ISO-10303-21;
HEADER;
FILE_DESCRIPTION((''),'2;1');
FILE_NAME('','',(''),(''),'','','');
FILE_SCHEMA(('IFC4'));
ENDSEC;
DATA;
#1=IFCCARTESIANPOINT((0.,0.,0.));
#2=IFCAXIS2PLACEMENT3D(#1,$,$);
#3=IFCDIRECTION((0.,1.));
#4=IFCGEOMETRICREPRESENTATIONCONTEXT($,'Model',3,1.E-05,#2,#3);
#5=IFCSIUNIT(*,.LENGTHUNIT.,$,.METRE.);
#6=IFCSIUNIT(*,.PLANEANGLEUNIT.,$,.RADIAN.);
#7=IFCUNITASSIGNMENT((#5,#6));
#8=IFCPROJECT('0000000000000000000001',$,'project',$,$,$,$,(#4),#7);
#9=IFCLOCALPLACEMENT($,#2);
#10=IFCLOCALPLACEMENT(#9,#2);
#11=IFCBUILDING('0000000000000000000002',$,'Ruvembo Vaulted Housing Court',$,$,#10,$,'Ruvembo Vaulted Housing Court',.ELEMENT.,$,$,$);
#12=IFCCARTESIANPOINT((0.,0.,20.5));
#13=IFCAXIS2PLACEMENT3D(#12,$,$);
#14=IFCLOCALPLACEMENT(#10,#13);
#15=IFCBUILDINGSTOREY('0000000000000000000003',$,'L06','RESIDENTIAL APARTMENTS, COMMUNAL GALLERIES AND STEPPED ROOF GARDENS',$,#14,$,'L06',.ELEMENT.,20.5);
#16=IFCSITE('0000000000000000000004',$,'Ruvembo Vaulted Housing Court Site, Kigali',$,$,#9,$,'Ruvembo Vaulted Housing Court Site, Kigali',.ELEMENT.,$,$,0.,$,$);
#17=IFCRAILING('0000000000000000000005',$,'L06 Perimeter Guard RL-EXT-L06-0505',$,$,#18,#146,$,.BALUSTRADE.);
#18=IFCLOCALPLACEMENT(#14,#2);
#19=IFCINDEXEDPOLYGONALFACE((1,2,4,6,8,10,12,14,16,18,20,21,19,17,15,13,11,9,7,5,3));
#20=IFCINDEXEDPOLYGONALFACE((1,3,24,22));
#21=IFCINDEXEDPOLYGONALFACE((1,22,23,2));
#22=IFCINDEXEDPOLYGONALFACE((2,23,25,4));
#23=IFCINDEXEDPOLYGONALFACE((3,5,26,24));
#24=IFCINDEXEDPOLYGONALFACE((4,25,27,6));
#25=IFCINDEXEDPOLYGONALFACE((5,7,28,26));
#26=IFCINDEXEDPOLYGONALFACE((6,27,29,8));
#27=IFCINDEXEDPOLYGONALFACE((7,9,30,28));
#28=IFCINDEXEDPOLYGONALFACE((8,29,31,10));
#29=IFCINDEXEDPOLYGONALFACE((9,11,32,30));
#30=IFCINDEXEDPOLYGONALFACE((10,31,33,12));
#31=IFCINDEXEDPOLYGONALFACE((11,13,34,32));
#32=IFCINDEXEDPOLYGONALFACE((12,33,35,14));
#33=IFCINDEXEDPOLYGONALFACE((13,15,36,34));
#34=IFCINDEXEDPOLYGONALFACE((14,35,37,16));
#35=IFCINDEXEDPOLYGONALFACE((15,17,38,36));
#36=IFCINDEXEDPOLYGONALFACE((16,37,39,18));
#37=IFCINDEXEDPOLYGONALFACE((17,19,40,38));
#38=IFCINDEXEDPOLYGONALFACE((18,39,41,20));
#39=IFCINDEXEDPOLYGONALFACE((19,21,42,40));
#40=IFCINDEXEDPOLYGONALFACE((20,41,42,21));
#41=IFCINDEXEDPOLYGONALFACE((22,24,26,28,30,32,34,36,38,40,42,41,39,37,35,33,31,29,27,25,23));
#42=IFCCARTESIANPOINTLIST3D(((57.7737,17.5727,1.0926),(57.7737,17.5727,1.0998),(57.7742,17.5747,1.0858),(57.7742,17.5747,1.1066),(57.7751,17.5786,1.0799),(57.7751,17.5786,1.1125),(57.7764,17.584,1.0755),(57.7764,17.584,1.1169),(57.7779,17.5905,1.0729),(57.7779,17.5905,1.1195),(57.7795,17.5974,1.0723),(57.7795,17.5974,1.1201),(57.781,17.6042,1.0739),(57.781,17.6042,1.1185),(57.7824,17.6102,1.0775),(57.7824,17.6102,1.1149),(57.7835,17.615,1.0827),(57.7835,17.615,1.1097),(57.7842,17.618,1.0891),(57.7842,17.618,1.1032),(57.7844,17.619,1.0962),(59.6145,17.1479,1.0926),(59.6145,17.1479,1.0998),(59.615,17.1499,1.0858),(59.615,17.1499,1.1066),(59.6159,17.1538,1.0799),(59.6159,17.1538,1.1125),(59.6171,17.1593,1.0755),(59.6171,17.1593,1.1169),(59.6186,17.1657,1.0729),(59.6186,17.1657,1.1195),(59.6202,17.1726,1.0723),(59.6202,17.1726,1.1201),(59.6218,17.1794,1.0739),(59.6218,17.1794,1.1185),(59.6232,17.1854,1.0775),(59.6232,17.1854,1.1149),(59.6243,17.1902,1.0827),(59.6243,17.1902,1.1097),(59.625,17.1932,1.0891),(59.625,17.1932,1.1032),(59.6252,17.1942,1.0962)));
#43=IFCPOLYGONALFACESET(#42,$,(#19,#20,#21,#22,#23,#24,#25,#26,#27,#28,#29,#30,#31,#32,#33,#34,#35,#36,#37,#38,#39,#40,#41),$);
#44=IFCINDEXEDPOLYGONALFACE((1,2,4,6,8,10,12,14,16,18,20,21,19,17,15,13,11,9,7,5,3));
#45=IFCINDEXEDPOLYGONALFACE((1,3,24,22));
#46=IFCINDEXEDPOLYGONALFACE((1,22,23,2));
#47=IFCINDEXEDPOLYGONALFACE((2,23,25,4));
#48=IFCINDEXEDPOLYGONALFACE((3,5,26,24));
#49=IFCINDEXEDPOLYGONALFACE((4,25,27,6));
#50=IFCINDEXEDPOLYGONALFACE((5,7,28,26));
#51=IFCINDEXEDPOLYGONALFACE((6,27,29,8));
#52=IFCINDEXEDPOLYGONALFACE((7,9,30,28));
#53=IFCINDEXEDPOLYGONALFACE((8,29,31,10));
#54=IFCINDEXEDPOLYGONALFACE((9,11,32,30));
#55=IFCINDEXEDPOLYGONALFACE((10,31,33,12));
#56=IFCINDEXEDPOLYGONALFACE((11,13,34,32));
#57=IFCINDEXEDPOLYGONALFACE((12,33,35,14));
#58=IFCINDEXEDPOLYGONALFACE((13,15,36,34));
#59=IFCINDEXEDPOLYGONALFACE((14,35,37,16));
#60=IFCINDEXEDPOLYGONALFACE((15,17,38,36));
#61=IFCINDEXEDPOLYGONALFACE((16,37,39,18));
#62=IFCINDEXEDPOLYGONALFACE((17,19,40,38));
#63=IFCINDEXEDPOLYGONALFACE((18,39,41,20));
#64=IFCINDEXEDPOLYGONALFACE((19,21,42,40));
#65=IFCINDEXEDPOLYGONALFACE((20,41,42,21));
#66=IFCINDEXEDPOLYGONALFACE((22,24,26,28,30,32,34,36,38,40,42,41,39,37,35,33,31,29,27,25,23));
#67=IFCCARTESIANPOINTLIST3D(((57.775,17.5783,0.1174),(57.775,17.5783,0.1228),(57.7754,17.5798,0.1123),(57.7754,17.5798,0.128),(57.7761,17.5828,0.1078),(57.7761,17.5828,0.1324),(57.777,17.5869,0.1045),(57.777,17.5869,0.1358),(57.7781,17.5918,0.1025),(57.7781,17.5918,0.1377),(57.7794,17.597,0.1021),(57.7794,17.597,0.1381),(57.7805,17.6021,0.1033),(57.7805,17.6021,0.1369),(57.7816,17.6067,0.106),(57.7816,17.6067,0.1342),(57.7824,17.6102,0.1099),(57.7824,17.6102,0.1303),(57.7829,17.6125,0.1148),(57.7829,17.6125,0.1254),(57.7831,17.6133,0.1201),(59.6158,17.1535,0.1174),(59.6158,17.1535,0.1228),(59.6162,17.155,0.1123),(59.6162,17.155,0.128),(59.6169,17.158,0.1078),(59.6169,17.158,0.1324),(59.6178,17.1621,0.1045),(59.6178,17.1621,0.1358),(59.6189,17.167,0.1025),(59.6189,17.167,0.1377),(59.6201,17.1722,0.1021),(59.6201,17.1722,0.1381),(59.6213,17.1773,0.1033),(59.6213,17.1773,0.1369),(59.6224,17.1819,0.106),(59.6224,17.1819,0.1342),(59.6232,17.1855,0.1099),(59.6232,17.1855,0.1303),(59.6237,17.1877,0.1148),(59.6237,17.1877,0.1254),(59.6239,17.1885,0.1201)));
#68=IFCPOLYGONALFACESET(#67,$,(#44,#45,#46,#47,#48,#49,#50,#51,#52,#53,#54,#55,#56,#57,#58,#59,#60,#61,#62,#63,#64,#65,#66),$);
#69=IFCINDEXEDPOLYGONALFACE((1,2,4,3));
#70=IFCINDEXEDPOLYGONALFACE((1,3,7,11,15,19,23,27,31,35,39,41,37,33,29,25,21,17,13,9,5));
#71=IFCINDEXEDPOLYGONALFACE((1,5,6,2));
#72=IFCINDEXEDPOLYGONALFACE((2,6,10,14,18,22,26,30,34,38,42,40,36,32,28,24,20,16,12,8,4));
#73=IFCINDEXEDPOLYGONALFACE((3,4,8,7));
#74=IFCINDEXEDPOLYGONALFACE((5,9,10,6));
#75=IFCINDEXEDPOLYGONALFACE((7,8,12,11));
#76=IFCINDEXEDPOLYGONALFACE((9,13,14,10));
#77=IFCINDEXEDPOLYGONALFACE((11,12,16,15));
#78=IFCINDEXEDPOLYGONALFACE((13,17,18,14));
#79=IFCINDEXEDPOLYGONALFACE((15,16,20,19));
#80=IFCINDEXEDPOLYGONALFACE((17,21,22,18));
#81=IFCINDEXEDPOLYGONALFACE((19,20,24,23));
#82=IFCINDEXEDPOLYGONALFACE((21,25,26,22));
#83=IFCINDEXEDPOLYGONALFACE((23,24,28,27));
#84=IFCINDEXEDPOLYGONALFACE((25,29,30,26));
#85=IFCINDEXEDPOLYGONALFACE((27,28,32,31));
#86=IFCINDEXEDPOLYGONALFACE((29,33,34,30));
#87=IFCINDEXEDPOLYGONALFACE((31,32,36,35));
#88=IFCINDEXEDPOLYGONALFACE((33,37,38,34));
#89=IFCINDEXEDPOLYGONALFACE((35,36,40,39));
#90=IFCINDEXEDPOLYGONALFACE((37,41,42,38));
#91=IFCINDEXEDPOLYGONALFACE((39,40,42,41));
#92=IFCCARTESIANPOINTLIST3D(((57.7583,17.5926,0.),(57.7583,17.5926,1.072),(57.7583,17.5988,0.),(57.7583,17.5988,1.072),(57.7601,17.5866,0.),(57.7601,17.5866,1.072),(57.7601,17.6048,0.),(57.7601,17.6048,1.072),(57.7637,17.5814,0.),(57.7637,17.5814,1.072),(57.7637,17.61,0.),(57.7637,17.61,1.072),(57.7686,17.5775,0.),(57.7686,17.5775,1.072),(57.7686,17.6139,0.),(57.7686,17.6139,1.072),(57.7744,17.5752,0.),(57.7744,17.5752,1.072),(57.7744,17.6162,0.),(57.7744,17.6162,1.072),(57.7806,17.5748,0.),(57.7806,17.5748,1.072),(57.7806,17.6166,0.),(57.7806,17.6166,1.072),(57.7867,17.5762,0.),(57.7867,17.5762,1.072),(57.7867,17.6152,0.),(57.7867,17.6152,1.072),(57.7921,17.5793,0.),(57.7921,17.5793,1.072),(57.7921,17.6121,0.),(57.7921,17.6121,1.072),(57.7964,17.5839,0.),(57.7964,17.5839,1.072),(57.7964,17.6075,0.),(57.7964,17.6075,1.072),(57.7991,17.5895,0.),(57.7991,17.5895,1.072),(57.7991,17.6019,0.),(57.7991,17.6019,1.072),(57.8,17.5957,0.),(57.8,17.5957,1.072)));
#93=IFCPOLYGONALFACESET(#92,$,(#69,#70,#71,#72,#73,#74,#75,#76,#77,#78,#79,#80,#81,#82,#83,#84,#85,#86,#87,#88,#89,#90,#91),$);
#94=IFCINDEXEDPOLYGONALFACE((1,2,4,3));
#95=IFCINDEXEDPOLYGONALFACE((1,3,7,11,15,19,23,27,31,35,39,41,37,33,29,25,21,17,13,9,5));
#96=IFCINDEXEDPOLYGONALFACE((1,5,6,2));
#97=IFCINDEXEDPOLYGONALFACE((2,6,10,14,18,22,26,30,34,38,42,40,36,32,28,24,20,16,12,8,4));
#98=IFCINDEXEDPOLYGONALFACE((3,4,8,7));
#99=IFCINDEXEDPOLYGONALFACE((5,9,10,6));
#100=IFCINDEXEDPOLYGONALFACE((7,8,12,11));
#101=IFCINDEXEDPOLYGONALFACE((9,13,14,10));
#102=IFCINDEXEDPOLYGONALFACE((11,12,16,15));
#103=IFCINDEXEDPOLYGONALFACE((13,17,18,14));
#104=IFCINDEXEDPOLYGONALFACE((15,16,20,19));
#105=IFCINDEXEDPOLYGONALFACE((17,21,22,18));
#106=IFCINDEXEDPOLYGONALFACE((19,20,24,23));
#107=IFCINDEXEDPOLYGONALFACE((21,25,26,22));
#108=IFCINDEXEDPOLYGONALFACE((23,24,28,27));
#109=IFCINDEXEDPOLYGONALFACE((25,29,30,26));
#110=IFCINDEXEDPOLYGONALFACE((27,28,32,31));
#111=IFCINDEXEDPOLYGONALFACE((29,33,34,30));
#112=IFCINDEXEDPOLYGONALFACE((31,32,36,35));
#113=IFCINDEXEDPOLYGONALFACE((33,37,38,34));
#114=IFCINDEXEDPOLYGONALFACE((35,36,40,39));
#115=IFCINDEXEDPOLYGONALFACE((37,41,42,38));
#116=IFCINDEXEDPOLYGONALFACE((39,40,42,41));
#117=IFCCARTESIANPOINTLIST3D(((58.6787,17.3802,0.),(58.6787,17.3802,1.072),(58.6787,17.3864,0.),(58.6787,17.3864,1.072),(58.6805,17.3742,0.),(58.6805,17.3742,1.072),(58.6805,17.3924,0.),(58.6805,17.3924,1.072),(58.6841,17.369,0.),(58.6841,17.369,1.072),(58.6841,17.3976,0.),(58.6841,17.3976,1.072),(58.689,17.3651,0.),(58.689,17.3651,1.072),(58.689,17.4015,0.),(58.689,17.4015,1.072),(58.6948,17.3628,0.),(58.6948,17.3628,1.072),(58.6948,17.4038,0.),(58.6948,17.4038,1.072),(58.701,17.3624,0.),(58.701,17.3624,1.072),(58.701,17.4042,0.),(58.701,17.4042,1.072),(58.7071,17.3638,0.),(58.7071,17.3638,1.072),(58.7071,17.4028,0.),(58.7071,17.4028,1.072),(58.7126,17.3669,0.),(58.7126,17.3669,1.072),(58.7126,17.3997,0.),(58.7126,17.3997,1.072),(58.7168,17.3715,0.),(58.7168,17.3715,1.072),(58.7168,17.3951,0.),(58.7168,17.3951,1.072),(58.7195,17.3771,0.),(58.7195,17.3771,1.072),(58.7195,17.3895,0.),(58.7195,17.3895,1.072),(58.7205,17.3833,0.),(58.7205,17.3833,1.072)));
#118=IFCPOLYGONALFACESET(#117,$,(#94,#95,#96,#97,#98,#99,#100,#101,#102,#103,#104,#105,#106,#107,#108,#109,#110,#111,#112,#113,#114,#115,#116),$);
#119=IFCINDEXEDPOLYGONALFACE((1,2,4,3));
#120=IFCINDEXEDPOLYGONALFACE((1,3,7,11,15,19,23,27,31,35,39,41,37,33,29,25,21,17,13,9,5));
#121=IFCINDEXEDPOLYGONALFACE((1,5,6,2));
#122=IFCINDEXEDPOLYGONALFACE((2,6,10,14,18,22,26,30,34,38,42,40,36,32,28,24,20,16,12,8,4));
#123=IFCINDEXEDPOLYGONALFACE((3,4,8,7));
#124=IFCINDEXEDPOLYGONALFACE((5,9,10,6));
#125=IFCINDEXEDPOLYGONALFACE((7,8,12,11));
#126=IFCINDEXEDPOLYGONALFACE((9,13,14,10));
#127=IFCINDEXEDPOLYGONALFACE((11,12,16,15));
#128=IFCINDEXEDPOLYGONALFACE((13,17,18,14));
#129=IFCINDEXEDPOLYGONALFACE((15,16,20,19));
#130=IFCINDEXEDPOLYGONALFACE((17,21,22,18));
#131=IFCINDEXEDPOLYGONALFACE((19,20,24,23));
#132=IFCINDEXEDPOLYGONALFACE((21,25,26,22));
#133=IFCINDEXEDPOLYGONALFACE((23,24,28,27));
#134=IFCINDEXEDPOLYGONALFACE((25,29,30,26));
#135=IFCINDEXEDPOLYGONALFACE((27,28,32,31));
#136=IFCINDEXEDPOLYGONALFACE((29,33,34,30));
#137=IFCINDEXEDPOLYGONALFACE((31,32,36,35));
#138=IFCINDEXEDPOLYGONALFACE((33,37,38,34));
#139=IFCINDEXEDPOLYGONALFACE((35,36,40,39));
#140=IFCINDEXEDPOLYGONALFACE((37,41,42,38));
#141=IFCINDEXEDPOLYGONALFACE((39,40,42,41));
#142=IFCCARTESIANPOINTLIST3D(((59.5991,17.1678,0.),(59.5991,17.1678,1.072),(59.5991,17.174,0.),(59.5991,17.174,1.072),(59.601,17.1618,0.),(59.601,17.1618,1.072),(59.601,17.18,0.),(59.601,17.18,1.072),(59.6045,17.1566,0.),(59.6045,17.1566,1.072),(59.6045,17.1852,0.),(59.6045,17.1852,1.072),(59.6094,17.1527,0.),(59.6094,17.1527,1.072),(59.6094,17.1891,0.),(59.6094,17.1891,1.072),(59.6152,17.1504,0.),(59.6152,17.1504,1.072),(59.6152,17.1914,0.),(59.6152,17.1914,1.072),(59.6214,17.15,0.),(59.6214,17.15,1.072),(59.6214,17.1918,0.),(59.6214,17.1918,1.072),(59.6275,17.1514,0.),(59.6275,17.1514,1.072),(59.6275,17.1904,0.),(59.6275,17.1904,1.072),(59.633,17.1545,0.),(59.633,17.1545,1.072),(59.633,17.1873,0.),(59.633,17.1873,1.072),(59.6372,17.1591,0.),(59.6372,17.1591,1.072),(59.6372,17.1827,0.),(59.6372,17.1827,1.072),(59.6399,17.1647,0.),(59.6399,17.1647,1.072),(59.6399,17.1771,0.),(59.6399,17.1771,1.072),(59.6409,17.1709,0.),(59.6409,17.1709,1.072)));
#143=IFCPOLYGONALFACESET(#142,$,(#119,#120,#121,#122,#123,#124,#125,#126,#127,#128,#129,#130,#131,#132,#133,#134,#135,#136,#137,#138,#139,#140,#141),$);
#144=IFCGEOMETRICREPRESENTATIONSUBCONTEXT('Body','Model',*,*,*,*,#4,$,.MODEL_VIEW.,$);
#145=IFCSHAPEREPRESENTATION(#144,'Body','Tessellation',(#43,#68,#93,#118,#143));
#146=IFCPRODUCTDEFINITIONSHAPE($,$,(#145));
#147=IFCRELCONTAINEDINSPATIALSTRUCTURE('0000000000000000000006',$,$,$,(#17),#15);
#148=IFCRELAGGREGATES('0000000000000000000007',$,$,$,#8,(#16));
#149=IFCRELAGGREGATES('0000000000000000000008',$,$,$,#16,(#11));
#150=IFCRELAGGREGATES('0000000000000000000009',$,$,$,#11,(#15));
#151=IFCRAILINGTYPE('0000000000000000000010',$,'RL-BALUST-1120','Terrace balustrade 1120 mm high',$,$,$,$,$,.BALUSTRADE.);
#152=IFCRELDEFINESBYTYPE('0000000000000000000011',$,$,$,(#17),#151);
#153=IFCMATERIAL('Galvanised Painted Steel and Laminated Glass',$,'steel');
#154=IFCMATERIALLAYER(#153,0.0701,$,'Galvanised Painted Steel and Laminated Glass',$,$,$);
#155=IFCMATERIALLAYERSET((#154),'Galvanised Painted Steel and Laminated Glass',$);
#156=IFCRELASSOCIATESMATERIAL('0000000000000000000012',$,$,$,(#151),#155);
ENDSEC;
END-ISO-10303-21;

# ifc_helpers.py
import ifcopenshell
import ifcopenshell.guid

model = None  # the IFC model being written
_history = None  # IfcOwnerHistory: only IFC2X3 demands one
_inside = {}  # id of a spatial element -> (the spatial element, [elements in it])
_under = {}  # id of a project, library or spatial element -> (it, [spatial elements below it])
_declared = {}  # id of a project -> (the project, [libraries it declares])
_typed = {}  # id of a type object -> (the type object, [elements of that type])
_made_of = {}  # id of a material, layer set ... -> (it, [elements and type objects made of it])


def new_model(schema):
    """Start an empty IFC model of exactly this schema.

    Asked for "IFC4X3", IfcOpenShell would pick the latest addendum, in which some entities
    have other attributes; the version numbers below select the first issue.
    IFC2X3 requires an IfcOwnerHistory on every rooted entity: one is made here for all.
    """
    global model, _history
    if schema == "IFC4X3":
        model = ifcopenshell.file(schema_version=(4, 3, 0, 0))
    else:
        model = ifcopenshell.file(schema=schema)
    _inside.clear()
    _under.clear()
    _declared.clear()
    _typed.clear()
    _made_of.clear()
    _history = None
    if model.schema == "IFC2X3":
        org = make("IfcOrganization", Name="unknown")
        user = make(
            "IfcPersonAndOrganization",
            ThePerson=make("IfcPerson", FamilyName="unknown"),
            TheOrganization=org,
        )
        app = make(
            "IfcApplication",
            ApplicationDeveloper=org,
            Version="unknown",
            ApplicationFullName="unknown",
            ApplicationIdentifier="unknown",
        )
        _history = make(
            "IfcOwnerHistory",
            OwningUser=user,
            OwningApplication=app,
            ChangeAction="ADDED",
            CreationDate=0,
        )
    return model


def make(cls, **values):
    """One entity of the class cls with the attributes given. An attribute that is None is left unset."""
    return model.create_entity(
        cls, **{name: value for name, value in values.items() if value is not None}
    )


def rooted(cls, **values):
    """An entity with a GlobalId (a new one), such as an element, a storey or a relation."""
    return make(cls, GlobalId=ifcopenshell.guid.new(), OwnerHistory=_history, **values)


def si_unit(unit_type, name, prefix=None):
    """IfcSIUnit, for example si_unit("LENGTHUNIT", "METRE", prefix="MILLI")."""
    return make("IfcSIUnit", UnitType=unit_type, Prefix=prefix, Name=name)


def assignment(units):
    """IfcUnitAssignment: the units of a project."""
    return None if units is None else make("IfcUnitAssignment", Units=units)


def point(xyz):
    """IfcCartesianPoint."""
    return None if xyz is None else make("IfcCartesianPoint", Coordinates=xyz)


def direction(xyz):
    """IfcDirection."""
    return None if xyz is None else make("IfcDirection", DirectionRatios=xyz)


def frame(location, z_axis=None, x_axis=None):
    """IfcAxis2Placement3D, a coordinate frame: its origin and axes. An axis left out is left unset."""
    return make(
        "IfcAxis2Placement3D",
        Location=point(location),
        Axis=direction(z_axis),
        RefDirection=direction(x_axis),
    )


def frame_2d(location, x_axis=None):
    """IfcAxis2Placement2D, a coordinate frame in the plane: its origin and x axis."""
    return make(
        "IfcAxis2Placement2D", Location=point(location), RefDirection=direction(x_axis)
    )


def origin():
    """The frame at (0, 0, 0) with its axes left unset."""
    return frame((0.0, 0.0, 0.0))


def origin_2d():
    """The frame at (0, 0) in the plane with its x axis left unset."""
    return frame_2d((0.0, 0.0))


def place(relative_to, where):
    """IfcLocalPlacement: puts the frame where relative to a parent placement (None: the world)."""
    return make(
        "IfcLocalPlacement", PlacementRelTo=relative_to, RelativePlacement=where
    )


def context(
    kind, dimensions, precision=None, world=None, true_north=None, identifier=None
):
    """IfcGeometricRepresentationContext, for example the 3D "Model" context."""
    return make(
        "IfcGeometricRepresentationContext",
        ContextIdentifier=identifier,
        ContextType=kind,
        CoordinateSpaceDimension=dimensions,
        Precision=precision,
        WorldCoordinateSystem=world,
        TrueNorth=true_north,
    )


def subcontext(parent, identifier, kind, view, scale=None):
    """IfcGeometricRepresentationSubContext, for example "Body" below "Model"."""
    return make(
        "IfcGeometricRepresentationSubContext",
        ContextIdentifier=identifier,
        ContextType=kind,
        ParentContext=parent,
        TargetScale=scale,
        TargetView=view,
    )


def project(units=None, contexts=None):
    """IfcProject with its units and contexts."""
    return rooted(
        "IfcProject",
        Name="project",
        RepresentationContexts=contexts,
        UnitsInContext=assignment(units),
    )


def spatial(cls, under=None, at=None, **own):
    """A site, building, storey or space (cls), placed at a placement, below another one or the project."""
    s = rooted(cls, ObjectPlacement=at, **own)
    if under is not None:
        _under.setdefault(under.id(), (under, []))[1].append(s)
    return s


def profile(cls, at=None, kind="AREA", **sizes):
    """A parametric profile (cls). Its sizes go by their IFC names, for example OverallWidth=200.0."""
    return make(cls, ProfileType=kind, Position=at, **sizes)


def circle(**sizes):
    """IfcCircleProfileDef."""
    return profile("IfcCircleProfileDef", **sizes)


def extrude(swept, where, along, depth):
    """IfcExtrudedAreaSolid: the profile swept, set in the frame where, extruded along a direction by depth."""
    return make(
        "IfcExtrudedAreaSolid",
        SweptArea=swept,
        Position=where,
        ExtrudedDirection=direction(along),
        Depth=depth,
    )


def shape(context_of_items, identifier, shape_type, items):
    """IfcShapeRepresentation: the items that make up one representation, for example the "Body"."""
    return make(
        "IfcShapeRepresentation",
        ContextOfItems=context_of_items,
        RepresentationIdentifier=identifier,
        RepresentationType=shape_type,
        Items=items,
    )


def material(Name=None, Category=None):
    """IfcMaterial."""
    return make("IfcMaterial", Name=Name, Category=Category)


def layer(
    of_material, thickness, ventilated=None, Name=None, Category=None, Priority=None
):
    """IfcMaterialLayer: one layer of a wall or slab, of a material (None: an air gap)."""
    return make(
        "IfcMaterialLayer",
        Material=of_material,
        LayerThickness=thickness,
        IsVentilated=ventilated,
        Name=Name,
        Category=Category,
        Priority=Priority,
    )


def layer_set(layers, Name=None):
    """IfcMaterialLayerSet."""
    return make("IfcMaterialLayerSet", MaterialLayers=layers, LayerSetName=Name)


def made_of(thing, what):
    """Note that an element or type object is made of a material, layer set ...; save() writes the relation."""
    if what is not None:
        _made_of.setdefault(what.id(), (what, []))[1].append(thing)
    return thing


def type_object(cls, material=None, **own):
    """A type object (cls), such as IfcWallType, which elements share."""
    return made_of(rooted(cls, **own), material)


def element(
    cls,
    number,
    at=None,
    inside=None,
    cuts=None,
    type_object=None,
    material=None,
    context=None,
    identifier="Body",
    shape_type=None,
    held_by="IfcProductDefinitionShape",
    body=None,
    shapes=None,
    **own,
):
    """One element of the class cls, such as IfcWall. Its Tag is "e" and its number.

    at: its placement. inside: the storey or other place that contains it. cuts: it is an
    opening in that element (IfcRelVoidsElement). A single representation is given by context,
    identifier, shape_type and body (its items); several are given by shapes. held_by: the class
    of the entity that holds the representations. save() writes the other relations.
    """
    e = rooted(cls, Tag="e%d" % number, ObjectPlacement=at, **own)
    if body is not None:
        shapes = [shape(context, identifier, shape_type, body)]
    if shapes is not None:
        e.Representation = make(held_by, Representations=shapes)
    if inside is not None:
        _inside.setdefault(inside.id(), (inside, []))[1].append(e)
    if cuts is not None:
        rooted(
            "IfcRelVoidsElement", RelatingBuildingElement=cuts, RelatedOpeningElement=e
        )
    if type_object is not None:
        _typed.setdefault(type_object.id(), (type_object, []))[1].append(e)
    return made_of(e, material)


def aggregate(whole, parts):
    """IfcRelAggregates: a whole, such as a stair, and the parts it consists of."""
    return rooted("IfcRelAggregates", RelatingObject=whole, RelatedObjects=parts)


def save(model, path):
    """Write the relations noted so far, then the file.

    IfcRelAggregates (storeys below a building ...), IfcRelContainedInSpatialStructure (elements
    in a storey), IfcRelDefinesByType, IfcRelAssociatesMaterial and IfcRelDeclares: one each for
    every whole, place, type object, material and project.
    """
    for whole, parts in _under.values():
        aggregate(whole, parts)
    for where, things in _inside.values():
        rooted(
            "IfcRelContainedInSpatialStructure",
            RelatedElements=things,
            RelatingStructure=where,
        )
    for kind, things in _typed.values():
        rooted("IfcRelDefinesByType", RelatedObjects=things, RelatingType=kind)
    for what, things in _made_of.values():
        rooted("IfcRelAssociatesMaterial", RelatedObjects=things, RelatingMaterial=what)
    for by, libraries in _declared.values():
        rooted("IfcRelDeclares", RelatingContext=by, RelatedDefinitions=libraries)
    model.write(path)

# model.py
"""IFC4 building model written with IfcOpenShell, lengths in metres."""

from ifc_helpers import new_model, si_unit, direction, frame, origin, origin_2d, place, context, subcontext, project, spatial, circle, extrude, material, layer, layer_set, type_object, element, save


model = new_model("IFC4")

# Units and contexts
model_context = context("Model", 3, precision=1e-05, world=origin(), true_north=direction((0.0, 1.0)))
body_context = subcontext(model_context, "Body", "Model", "MODEL_VIEW")
ifc_project = project(units=[si_unit("LENGTHUNIT", "METRE"), si_unit("PLANEANGLEUNIT", "RADIAN")], contexts=[model_context])

# Site, building, storey
site_placement = place(None, origin())
site = spatial("IfcSite", under=ifc_project, at=site_placement, Name="Ruvembo Vaulted Housing Court Site, Kigali", LongName="Ruvembo Vaulted Housing Court Site, Kigali", CompositionType="ELEMENT", RefElevation=0.0)
building_placement = place(site_placement, origin())
building = spatial("IfcBuilding", under=site, at=building_placement, Name="Ruvembo Vaulted Housing Court", LongName="Ruvembo Vaulted Housing Court", CompositionType="ELEMENT")
storey_placement = place(building_placement, frame((0.0, 0.0, 20.5)))
storey = spatial("IfcBuildingStorey", under=building, at=storey_placement, Name="L06", Description="RESIDENTIAL APARTMENTS, COMMUNAL GALLERIES AND STEPPED ROOF GARDENS", LongName="L06", CompositionType="ELEMENT", Elevation=20.5)

# Railing
ifc_material_1 = material(Name="Galvanised Painted Steel and Laminated Glass", Category="steel")
ifc_layer = layer(ifc_material_1, 0.0701, Name="Galvanised Painted Steel and Laminated Glass")
ifc_layer_set = layer_set([ifc_layer], Name="Galvanised Painted Steel and Laminated Glass")
railing_type = type_object("IfcRailingType", Name="RL-BALUST-1120", Description="Terrace balustrade 1120 mm high", PredefinedType="BALUSTRADE", material=ifc_layer_set)
railing_1_placement = place(storey_placement, frame((57.7791, 17.5957, 0.0)))
element("IfcRailing", 1, at=railing_1_placement, inside=storey, type_object=railing_type, Name="L06 Perimeter Guard RL-EXT-L06-0505", PredefinedType="BALUSTRADE", context=body_context, shape_type="SweptSolid", body=[
    extrude(circle(Radius=0.0239, at=origin_2d()), frame((0.0, 0.0, 1.0962), z_axis=(0.974391, -0.22486, 0.0), x_axis=(0.22486, 0.974391, 0.0)), (0.0, 0.0, 1.0), 1.8892),
    extrude(circle(Radius=0.0181, at=origin_2d()), frame((0.0, 0.0, 0.1201), z_axis=(0.974391, -0.22486, 0.0), x_axis=(0.22486, 0.974391, 0.0)), (0.0, 0.0, 1.0), 1.8892),
    extrude(circle(Radius=0.021, at=origin_2d()), origin(), (0.0, 0.0, 1.0), 1.072),
    extrude(circle(Radius=0.021, at=origin_2d()), frame((0.9204, -0.2124, 0.0)), (0.0, 0.0, 1.0), 1.072),
    extrude(circle(Radius=0.021, at=origin_2d()), frame((1.8408, -0.4248, 0.0)), (0.0, 0.0, 1.0), 1.072),
])

save(model, "model.ifc")
